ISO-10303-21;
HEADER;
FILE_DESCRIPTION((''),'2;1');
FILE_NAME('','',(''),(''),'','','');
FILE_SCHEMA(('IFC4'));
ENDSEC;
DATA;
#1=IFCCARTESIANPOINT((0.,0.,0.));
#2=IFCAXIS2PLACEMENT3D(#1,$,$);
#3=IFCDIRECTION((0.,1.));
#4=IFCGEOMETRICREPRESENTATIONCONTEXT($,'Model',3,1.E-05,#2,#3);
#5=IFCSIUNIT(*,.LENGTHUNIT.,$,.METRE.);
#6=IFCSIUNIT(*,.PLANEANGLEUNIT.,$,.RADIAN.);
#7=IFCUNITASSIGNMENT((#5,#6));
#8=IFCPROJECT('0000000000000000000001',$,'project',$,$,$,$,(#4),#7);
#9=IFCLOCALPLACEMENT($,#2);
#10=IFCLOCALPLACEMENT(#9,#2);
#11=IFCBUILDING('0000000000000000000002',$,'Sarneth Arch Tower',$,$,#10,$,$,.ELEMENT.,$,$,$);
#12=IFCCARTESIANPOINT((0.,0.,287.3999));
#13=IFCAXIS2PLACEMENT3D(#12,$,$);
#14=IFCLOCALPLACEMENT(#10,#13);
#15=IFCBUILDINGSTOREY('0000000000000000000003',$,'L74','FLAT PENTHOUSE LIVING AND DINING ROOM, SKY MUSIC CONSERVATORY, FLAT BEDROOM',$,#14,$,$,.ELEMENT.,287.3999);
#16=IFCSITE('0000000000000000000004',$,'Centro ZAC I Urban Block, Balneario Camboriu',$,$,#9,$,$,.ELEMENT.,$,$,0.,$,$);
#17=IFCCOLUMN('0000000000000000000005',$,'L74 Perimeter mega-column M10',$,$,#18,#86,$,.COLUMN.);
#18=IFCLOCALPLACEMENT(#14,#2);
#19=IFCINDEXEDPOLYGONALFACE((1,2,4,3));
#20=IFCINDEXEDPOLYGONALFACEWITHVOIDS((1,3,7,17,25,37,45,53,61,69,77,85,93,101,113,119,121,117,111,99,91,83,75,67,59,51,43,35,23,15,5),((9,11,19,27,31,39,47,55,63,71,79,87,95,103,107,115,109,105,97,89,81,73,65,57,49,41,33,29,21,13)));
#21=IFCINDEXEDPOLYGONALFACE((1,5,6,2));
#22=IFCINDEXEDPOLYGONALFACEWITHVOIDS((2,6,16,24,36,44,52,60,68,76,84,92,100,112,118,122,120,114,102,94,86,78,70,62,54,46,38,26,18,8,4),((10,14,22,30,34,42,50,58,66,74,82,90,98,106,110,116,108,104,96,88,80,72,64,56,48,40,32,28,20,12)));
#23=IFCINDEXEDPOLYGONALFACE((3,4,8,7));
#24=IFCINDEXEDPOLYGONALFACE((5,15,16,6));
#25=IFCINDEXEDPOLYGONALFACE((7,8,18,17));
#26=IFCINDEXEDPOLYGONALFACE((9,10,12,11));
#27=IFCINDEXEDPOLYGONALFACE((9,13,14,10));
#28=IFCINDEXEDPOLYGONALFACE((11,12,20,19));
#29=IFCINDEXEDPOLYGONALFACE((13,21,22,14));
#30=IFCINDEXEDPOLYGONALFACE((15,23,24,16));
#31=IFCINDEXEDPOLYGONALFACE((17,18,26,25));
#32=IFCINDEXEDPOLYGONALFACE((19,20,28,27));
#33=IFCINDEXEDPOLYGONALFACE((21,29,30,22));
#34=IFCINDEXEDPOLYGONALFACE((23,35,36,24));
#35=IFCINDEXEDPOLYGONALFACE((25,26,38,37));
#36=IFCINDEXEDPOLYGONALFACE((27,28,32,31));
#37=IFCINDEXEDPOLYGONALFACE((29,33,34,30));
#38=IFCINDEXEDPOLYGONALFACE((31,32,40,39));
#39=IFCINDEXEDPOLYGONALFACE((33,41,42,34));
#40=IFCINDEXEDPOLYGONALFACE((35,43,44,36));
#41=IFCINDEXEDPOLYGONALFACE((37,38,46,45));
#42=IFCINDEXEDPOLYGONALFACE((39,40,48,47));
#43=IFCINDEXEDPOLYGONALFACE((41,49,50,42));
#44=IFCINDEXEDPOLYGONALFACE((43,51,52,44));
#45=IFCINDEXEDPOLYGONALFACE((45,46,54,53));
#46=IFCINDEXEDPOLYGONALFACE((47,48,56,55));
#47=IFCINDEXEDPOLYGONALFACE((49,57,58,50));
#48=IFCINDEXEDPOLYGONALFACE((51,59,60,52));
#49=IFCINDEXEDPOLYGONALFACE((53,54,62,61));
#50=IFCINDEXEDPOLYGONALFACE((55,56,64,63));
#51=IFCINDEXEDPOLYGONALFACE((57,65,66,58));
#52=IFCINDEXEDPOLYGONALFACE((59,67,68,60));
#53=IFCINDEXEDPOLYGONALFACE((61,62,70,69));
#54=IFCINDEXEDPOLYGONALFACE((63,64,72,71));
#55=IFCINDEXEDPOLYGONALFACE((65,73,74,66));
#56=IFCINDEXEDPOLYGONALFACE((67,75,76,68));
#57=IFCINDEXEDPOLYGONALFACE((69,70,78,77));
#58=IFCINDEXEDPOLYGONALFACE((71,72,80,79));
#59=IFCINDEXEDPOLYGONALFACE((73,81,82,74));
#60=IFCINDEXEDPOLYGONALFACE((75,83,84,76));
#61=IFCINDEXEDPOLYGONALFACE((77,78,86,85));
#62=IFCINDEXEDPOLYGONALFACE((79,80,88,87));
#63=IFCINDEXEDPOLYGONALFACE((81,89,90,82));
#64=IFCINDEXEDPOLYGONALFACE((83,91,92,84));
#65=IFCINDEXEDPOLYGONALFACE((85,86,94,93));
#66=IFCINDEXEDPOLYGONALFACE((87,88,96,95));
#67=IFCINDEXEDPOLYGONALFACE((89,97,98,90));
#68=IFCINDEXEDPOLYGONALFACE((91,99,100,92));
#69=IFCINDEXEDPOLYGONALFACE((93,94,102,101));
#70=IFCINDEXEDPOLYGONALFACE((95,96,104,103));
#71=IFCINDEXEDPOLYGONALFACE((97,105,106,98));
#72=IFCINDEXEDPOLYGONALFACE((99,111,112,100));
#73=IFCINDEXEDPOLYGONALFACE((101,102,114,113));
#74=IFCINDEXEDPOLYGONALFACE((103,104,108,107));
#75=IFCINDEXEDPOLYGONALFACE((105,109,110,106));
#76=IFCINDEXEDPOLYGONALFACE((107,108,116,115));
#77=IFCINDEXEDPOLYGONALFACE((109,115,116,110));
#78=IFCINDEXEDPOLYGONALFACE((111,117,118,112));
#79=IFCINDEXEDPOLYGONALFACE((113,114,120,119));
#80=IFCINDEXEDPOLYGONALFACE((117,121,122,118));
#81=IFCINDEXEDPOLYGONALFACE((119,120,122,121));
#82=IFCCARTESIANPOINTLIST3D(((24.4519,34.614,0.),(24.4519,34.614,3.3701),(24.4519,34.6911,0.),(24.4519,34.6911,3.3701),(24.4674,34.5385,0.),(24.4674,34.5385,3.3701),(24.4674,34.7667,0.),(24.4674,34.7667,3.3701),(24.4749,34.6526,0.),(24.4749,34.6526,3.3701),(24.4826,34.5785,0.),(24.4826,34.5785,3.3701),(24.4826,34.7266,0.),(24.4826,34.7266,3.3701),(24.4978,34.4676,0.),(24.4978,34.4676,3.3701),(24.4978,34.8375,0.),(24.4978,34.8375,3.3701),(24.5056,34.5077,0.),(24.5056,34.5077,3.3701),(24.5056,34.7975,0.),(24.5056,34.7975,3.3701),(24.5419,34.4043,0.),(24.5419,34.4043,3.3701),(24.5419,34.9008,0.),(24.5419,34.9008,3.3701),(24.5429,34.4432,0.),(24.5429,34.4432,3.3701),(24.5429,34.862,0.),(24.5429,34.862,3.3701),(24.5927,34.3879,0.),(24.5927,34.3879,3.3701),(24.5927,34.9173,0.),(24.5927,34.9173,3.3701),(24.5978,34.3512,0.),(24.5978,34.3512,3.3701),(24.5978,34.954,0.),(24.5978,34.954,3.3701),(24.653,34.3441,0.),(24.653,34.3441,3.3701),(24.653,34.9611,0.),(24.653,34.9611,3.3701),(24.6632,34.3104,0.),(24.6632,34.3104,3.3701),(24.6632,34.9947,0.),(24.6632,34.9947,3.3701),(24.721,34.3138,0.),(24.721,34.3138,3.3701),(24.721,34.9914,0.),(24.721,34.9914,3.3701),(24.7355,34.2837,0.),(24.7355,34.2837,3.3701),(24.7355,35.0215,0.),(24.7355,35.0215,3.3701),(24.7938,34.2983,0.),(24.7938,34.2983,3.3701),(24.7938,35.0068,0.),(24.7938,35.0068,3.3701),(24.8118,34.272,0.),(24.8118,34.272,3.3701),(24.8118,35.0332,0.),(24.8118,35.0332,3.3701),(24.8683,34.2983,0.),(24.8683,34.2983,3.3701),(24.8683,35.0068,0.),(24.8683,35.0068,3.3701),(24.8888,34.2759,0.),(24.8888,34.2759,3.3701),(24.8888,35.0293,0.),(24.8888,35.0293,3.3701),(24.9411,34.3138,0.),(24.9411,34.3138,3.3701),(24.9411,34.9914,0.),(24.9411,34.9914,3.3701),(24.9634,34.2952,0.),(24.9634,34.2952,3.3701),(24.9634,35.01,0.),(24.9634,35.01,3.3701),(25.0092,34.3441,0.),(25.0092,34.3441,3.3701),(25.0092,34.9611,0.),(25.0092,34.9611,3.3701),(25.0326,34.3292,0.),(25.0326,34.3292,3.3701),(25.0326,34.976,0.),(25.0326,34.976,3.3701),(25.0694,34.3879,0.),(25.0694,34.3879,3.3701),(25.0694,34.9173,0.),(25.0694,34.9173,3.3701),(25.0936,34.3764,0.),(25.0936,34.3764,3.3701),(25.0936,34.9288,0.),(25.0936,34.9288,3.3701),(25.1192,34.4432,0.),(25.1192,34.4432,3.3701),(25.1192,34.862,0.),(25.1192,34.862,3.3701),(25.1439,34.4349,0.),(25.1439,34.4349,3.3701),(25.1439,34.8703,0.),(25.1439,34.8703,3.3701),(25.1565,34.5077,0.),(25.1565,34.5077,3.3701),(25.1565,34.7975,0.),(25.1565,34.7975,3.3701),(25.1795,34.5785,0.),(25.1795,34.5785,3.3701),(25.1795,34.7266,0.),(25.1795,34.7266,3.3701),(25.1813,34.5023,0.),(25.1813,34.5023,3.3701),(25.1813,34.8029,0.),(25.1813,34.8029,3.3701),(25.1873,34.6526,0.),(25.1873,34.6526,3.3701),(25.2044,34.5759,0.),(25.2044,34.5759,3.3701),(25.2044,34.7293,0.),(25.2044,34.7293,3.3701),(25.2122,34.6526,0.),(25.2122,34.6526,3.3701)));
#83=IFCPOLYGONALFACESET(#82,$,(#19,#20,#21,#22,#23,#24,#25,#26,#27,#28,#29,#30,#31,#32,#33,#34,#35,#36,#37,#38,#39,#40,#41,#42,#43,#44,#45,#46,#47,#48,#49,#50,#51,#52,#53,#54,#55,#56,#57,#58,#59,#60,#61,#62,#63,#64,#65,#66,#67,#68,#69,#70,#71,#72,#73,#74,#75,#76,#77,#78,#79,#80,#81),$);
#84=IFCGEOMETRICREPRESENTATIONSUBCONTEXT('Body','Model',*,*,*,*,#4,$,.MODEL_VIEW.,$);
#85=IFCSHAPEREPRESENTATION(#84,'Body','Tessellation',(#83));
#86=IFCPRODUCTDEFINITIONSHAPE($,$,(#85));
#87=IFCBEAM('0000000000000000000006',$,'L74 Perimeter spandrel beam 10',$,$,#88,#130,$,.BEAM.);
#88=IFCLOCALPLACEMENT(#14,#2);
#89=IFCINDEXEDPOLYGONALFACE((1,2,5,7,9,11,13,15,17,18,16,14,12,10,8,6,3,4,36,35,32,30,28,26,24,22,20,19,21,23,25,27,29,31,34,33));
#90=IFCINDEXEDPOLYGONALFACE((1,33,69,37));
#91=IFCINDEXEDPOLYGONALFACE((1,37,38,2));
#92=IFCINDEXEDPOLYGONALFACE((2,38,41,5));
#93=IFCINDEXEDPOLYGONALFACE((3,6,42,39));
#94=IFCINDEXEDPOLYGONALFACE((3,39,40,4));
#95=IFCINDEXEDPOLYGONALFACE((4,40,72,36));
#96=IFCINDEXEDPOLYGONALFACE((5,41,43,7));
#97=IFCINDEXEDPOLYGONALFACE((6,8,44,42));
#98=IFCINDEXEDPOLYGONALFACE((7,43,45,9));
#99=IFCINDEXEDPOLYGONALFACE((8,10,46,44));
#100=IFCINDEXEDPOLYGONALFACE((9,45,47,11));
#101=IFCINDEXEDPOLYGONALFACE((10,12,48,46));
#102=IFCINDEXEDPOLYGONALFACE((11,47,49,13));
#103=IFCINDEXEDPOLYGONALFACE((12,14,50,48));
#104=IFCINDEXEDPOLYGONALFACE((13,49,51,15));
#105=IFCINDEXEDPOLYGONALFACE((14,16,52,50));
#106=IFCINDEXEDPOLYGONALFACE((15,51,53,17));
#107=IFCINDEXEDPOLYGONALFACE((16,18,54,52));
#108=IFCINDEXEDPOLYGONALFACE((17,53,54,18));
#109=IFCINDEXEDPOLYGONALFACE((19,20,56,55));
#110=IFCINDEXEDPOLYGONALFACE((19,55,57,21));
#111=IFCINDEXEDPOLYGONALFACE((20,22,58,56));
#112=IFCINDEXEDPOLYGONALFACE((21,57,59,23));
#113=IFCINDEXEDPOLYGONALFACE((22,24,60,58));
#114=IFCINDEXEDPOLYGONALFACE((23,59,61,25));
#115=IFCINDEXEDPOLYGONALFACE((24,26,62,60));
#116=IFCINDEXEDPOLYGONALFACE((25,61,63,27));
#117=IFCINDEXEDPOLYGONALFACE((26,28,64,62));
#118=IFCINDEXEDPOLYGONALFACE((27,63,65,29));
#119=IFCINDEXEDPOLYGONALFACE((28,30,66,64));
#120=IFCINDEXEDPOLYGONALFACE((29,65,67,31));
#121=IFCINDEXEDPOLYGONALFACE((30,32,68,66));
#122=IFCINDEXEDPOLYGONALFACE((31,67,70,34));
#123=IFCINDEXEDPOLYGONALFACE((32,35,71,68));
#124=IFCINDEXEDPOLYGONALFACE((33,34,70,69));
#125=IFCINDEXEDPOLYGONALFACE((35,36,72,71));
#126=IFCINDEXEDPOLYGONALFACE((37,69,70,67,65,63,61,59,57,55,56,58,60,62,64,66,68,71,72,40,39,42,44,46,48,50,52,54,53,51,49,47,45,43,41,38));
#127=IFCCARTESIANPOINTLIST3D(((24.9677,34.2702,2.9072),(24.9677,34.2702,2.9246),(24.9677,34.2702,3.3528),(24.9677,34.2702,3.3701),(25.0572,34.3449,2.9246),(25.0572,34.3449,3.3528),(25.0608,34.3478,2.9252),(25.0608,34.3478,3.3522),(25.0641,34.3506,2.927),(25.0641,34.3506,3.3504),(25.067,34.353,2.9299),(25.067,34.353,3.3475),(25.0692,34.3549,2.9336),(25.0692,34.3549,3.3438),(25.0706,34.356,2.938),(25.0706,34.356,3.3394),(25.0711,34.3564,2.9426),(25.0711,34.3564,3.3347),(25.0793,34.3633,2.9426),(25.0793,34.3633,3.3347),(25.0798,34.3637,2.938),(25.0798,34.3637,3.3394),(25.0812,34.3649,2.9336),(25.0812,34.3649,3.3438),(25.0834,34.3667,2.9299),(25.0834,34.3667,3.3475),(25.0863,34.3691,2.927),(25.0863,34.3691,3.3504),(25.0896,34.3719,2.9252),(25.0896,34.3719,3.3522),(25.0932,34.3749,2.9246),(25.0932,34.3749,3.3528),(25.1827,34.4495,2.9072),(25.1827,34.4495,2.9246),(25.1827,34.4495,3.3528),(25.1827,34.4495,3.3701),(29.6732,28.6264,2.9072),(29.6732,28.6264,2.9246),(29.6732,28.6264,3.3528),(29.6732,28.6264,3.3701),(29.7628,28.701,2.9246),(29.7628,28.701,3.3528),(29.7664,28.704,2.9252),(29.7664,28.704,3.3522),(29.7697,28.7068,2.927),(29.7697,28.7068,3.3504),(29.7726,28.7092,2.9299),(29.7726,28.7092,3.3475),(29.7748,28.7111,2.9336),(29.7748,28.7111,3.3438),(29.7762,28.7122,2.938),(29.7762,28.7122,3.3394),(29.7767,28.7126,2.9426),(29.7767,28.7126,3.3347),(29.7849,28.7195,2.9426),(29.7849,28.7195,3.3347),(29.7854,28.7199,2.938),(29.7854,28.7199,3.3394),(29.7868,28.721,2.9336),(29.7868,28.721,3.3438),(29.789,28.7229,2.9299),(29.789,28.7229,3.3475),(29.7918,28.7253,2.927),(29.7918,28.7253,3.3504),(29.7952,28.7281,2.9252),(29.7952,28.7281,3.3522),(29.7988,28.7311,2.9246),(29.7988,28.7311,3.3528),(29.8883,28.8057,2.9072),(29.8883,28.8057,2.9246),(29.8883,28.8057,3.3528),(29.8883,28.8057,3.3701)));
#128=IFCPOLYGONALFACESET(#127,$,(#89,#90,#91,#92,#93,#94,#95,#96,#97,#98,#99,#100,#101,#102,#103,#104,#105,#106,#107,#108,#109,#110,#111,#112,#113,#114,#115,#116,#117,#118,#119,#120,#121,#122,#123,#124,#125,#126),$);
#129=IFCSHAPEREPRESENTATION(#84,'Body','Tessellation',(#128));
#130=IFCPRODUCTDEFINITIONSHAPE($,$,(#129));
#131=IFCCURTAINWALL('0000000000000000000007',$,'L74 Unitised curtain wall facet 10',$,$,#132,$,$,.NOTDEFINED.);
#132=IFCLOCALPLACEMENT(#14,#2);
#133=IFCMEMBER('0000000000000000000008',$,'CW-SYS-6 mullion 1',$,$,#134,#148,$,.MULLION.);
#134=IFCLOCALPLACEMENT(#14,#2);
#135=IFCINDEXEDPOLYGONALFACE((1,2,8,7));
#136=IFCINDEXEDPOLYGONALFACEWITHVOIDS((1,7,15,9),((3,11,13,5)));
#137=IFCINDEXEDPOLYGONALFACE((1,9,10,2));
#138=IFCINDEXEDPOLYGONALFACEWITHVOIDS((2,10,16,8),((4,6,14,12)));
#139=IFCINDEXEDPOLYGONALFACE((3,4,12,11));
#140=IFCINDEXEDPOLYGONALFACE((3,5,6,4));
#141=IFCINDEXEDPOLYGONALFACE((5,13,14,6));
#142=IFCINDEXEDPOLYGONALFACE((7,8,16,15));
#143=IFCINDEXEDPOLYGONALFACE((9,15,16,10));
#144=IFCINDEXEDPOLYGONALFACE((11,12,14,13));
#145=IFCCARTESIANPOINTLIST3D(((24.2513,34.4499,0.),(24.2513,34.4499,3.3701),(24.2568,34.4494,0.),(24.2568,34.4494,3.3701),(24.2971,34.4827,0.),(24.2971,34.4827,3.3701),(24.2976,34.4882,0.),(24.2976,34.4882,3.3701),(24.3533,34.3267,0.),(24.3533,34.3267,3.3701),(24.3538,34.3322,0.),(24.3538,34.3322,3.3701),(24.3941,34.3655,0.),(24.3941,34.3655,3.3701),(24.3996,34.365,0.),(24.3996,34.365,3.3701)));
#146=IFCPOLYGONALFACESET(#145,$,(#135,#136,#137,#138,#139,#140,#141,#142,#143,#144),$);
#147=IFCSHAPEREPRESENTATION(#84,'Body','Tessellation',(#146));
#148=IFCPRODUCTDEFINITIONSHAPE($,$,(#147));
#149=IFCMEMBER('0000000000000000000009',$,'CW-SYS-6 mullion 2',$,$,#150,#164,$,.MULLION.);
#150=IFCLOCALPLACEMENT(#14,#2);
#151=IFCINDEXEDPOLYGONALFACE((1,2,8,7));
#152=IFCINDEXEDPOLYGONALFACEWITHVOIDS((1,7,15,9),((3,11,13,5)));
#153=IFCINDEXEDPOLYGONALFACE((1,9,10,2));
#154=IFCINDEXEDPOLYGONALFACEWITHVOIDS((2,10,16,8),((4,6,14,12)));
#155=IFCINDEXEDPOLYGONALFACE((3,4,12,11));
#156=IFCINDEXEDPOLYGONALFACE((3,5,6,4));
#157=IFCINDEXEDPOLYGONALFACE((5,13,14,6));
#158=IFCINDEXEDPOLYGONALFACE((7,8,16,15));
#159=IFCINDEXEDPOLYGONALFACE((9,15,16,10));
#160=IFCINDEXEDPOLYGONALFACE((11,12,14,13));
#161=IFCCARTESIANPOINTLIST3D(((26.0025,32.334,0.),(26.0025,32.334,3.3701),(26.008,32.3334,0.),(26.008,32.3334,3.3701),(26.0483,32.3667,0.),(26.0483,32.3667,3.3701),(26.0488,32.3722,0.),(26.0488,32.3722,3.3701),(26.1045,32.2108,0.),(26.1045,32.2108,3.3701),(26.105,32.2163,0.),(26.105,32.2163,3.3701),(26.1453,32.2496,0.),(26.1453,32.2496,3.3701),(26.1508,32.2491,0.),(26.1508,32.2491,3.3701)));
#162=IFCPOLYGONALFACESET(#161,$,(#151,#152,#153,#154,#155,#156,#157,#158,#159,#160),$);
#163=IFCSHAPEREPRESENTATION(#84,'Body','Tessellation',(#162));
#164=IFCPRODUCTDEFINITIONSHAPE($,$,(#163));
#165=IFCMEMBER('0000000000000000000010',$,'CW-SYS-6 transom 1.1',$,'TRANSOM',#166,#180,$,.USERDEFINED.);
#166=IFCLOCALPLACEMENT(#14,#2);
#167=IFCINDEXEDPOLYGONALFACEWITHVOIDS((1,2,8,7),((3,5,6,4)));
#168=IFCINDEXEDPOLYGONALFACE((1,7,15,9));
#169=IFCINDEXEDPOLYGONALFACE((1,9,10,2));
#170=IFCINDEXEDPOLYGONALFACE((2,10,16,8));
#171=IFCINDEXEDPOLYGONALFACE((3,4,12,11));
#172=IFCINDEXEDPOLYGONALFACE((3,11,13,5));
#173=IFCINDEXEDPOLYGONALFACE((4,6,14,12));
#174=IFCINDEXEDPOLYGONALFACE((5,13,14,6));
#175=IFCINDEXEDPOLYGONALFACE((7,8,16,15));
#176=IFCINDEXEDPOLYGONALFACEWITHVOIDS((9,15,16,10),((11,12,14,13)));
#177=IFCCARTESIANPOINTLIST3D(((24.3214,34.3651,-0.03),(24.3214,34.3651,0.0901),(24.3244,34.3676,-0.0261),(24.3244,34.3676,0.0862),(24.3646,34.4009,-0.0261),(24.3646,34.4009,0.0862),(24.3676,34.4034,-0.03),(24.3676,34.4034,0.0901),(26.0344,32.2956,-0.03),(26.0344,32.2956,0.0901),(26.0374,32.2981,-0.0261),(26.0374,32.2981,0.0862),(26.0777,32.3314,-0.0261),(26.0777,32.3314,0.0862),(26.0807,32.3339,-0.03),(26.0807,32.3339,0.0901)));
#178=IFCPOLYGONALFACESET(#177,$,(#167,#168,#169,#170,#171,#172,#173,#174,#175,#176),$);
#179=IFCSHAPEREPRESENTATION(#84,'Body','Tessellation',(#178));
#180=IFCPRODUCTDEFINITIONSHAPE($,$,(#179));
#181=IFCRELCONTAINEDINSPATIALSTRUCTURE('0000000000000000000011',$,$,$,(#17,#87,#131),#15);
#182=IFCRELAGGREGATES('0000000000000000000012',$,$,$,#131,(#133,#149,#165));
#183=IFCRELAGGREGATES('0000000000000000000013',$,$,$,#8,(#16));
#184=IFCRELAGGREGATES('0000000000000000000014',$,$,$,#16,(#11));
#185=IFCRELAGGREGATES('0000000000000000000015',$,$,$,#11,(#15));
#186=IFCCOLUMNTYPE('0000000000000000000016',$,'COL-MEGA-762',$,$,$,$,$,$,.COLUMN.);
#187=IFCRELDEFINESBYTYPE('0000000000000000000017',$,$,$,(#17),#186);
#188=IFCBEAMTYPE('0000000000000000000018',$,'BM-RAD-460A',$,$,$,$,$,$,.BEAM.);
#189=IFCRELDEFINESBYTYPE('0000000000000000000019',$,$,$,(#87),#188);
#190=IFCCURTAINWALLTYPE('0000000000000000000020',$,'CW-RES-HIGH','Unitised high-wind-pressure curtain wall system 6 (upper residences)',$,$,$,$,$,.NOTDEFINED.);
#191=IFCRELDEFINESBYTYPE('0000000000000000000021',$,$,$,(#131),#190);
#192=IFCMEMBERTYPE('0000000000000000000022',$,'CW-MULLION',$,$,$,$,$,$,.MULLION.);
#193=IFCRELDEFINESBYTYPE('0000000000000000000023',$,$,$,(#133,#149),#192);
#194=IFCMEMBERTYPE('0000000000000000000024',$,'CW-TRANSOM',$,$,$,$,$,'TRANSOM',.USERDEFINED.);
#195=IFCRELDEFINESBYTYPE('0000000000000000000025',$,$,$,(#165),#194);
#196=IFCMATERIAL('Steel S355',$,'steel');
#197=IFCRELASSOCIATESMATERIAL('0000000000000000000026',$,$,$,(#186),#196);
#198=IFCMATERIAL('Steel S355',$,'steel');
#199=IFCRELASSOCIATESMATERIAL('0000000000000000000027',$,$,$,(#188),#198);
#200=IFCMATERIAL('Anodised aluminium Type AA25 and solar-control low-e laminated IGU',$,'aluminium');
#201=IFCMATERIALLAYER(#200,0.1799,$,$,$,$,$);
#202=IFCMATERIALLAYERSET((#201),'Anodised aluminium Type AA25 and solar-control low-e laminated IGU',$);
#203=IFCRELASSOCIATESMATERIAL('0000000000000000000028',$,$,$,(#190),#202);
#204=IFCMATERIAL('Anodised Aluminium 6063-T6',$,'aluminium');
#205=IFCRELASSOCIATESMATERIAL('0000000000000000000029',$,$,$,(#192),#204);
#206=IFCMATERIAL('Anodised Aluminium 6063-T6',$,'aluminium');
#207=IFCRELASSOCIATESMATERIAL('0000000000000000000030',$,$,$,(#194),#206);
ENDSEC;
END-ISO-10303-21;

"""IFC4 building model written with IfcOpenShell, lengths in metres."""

from ifc_helpers import new_model, si_unit, direction, frame, origin, origin_2d, place, context, subcontext, project, spatial, hollow_rectangle, hollow_circle, i_section, extrude, material, layer, layer_set, material_profile, profile_set, type_object, element, aggregate, save


model = new_model("IFC4")

# Units and contexts
model_context = context("Model", 3, precision=1e-05, world=origin(), true_north=direction((0.0, 1.0)))
body_context = subcontext(model_context, "Body", "Model", "MODEL_VIEW")
ifc_project = project(units=[si_unit("LENGTHUNIT", "METRE"), si_unit("PLANEANGLEUNIT", "RADIAN")], contexts=[model_context])

# Site, building, storey
site_placement = place(None, origin())
site = spatial("IfcSite", under=ifc_project, at=site_placement, Name="Centro ZAC I Urban Block, Balneario Camboriu", CompositionType="ELEMENT", RefElevation=0.0)
building_placement = place(site_placement, origin())
building = spatial("IfcBuilding", under=site, at=building_placement, Name="Sarneth Arch Tower", CompositionType="ELEMENT")
storey_placement = place(building_placement, frame((0.0, 0.0, 287.3999)))
storey = spatial("IfcBuildingStorey", under=building, at=storey_placement, Name="L74", Description="FLAT PENTHOUSE LIVING AND DINING ROOM, SKY MUSIC CONSERVATORY, FLAT BEDROOM", CompositionType="ELEMENT", Elevation=287.3999)

# Column
ifc_material_1 = material(Name="Steel S355", Category="steel")
ifc_material_profile_1 = material_profile(ifc_material_1, hollow_circle(Radius=0.3811, WallThickness=0.0249, at=origin_2d()), Name="CHS762x25")
ifc_profile_set_1 = profile_set([ifc_material_profile_1], Name="Steel S355")
column_type = type_object("IfcColumnType", Name="COL-MEGA-762", PredefinedType="COLUMN", material=ifc_profile_set_1)
column_placement = place(storey_placement, frame((24.8311, 34.6526, 0.0), z_axis=(0.0, 0.0, 1.0), x_axis=(1.0, 0.0, 0.0)))
element("IfcColumn", 1, at=column_placement, inside=storey, type_object=column_type, Name="L74 Perimeter mega-column M10", PredefinedType="COLUMN", context=body_context, shape_type="SweptSolid", body=[
    extrude(hollow_circle(Radius=0.3811, WallThickness=0.0249, at=origin_2d()), origin(), (0.0, 0.0, 1.0), 3.3701),
])

# Beam
ifc_material_2 = material(Name="Steel S355", Category="steel")
ifc_material_profile_2 = material_profile(ifc_material_2, i_section(OverallWidth=0.28, OverallDepth=0.4629, WebThickness=0.0107, FlangeThickness=0.0173, FilletRadius=0.0181, at=origin_2d()), Name="W460x113")
ifc_profile_set_2 = profile_set([ifc_material_profile_2], Name="Steel S355")
beam_type = type_object("IfcBeamType", Name="BM-RAD-460A", PredefinedType="BEAM", material=ifc_profile_set_2)
beam_placement = place(storey_placement, frame((25.0752, 34.3599, 3.1387), z_axis=(0.640377, -0.768061, 0.0), x_axis=(0.768061, 0.640377, 0.0)))
element("IfcBeam", 2, at=beam_placement, inside=storey, type_object=beam_type, Name="L74 Perimeter spandrel beam 10", PredefinedType="BEAM", context=body_context, shape_type="SweptSolid", body=[
    extrude(i_section(OverallWidth=0.28, OverallDepth=0.4629, WebThickness=0.0107, FlangeThickness=0.0173, FilletRadius=0.0181, at=origin_2d()), origin(), (0.0, 0.0, 1.0), 7.3481),
])

# Curtain wall, members
ifc_material_3 = material(Name="Anodised aluminium Type AA25 and solar-control low-e laminated IGU", Category="aluminium")
ifc_layer_1 = layer(ifc_material_3, 0.1799)
ifc_layer_set_1 = layer_set([ifc_layer_1], Name="Anodised aluminium Type AA25 and solar-control low-e laminated IGU")
curtain_wall_type = type_object("IfcCurtainWallType", Name="CW-RES-HIGH", Description="Unitised high-wind-pressure curtain wall system 6 (upper residences)", PredefinedType="NOTDEFINED", material=ifc_layer_set_1)
curtain_wall_placement = place(storey_placement, origin())
curtain_wall = element("IfcCurtainWall", 3, at=curtain_wall_placement, inside=storey, type_object=curtain_wall_type, Name="L74 Unitised curtain wall facet 10", PredefinedType="NOTDEFINED")
ifc_material_4 = material(Name="Anodised Aluminium 6063-T6", Category="aluminium")
ifc_material_profile_3 = material_profile(ifc_material_4, hollow_rectangle(XDim=0.0601, YDim=0.1599, WallThickness=0.0039, at=origin_2d()), Name="AL-MULL-160x60x4")
ifc_profile_set_3 = profile_set([ifc_material_profile_3], Name="Anodised Aluminium 6063-T6")
member_type_1 = type_object("IfcMemberType", Name="CW-MULLION", PredefinedType="MULLION", material=ifc_profile_set_3)
member_1_placement = place(storey_placement, frame((24.3254, 34.4075, 0.0), z_axis=(0.0, 0.0, 1.0), x_axis=(0.770359, 0.63761, 0.0)))
member_1 = element("IfcMember", 4, at=member_1_placement, type_object=member_type_1, Name="CW-SYS-6 mullion 1", PredefinedType="MULLION", context=body_context, shape_type="SweptSolid", body=[
    extrude(hollow_rectangle(XDim=0.0601, YDim=0.1599, WallThickness=0.0039, at=origin_2d()), origin(), (0.0, 0.0, 1.0), 3.3701),
])
member_2_placement = place(storey_placement, frame((26.0767, 32.2915, 0.0), z_axis=(0.0, 0.0, 1.0), x_axis=(0.770359, 0.63761, 0.0)))
member_2 = element("IfcMember", 5, at=member_2_placement, type_object=member_type_1, Name="CW-SYS-6 mullion 2", PredefinedType="MULLION", context=body_context, shape_type="SweptSolid", body=[
    extrude(hollow_rectangle(XDim=0.0601, YDim=0.1599, WallThickness=0.0039, at=origin_2d()), origin(), (0.0, 0.0, 1.0), 3.3701),
])
ifc_material_5 = material(Name="Anodised Aluminium 6063-T6", Category="aluminium")
ifc_material_profile_4 = material_profile(ifc_material_5, hollow_rectangle(XDim=0.0601, YDim=0.1201, WallThickness=0.0039, at=origin_2d()), Name="AL-TRAN-120x60x4")
ifc_profile_set_4 = profile_set([ifc_material_profile_4], Name="Anodised Aluminium 6063-T6")
member_type_2 = type_object("IfcMemberType", Name="CW-TRANSOM", ElementType="TRANSOM", PredefinedType="USERDEFINED", material=ifc_profile_set_4)
member_3_placement = place(storey_placement, frame((24.3445, 34.3843, 0.03), z_axis=(0.637651, -0.770325, 0.0), x_axis=(0.770325, 0.637651, 0.0)))
member_3 = element("IfcMember", 6, at=member_3_placement, type_object=member_type_2, Name="CW-SYS-6 transom 1.1", ObjectType="TRANSOM", PredefinedType="USERDEFINED", context=body_context, shape_type="SweptSolid", body=[
    extrude(hollow_rectangle(XDim=0.0601, YDim=0.1201, WallThickness=0.0039, at=origin_2d()), origin(), (0.0, 0.0, 1.0), 2.6865),
])
aggregate(curtain_wall, [member_1, member_2, member_3])

save(model, "model.ifc")
